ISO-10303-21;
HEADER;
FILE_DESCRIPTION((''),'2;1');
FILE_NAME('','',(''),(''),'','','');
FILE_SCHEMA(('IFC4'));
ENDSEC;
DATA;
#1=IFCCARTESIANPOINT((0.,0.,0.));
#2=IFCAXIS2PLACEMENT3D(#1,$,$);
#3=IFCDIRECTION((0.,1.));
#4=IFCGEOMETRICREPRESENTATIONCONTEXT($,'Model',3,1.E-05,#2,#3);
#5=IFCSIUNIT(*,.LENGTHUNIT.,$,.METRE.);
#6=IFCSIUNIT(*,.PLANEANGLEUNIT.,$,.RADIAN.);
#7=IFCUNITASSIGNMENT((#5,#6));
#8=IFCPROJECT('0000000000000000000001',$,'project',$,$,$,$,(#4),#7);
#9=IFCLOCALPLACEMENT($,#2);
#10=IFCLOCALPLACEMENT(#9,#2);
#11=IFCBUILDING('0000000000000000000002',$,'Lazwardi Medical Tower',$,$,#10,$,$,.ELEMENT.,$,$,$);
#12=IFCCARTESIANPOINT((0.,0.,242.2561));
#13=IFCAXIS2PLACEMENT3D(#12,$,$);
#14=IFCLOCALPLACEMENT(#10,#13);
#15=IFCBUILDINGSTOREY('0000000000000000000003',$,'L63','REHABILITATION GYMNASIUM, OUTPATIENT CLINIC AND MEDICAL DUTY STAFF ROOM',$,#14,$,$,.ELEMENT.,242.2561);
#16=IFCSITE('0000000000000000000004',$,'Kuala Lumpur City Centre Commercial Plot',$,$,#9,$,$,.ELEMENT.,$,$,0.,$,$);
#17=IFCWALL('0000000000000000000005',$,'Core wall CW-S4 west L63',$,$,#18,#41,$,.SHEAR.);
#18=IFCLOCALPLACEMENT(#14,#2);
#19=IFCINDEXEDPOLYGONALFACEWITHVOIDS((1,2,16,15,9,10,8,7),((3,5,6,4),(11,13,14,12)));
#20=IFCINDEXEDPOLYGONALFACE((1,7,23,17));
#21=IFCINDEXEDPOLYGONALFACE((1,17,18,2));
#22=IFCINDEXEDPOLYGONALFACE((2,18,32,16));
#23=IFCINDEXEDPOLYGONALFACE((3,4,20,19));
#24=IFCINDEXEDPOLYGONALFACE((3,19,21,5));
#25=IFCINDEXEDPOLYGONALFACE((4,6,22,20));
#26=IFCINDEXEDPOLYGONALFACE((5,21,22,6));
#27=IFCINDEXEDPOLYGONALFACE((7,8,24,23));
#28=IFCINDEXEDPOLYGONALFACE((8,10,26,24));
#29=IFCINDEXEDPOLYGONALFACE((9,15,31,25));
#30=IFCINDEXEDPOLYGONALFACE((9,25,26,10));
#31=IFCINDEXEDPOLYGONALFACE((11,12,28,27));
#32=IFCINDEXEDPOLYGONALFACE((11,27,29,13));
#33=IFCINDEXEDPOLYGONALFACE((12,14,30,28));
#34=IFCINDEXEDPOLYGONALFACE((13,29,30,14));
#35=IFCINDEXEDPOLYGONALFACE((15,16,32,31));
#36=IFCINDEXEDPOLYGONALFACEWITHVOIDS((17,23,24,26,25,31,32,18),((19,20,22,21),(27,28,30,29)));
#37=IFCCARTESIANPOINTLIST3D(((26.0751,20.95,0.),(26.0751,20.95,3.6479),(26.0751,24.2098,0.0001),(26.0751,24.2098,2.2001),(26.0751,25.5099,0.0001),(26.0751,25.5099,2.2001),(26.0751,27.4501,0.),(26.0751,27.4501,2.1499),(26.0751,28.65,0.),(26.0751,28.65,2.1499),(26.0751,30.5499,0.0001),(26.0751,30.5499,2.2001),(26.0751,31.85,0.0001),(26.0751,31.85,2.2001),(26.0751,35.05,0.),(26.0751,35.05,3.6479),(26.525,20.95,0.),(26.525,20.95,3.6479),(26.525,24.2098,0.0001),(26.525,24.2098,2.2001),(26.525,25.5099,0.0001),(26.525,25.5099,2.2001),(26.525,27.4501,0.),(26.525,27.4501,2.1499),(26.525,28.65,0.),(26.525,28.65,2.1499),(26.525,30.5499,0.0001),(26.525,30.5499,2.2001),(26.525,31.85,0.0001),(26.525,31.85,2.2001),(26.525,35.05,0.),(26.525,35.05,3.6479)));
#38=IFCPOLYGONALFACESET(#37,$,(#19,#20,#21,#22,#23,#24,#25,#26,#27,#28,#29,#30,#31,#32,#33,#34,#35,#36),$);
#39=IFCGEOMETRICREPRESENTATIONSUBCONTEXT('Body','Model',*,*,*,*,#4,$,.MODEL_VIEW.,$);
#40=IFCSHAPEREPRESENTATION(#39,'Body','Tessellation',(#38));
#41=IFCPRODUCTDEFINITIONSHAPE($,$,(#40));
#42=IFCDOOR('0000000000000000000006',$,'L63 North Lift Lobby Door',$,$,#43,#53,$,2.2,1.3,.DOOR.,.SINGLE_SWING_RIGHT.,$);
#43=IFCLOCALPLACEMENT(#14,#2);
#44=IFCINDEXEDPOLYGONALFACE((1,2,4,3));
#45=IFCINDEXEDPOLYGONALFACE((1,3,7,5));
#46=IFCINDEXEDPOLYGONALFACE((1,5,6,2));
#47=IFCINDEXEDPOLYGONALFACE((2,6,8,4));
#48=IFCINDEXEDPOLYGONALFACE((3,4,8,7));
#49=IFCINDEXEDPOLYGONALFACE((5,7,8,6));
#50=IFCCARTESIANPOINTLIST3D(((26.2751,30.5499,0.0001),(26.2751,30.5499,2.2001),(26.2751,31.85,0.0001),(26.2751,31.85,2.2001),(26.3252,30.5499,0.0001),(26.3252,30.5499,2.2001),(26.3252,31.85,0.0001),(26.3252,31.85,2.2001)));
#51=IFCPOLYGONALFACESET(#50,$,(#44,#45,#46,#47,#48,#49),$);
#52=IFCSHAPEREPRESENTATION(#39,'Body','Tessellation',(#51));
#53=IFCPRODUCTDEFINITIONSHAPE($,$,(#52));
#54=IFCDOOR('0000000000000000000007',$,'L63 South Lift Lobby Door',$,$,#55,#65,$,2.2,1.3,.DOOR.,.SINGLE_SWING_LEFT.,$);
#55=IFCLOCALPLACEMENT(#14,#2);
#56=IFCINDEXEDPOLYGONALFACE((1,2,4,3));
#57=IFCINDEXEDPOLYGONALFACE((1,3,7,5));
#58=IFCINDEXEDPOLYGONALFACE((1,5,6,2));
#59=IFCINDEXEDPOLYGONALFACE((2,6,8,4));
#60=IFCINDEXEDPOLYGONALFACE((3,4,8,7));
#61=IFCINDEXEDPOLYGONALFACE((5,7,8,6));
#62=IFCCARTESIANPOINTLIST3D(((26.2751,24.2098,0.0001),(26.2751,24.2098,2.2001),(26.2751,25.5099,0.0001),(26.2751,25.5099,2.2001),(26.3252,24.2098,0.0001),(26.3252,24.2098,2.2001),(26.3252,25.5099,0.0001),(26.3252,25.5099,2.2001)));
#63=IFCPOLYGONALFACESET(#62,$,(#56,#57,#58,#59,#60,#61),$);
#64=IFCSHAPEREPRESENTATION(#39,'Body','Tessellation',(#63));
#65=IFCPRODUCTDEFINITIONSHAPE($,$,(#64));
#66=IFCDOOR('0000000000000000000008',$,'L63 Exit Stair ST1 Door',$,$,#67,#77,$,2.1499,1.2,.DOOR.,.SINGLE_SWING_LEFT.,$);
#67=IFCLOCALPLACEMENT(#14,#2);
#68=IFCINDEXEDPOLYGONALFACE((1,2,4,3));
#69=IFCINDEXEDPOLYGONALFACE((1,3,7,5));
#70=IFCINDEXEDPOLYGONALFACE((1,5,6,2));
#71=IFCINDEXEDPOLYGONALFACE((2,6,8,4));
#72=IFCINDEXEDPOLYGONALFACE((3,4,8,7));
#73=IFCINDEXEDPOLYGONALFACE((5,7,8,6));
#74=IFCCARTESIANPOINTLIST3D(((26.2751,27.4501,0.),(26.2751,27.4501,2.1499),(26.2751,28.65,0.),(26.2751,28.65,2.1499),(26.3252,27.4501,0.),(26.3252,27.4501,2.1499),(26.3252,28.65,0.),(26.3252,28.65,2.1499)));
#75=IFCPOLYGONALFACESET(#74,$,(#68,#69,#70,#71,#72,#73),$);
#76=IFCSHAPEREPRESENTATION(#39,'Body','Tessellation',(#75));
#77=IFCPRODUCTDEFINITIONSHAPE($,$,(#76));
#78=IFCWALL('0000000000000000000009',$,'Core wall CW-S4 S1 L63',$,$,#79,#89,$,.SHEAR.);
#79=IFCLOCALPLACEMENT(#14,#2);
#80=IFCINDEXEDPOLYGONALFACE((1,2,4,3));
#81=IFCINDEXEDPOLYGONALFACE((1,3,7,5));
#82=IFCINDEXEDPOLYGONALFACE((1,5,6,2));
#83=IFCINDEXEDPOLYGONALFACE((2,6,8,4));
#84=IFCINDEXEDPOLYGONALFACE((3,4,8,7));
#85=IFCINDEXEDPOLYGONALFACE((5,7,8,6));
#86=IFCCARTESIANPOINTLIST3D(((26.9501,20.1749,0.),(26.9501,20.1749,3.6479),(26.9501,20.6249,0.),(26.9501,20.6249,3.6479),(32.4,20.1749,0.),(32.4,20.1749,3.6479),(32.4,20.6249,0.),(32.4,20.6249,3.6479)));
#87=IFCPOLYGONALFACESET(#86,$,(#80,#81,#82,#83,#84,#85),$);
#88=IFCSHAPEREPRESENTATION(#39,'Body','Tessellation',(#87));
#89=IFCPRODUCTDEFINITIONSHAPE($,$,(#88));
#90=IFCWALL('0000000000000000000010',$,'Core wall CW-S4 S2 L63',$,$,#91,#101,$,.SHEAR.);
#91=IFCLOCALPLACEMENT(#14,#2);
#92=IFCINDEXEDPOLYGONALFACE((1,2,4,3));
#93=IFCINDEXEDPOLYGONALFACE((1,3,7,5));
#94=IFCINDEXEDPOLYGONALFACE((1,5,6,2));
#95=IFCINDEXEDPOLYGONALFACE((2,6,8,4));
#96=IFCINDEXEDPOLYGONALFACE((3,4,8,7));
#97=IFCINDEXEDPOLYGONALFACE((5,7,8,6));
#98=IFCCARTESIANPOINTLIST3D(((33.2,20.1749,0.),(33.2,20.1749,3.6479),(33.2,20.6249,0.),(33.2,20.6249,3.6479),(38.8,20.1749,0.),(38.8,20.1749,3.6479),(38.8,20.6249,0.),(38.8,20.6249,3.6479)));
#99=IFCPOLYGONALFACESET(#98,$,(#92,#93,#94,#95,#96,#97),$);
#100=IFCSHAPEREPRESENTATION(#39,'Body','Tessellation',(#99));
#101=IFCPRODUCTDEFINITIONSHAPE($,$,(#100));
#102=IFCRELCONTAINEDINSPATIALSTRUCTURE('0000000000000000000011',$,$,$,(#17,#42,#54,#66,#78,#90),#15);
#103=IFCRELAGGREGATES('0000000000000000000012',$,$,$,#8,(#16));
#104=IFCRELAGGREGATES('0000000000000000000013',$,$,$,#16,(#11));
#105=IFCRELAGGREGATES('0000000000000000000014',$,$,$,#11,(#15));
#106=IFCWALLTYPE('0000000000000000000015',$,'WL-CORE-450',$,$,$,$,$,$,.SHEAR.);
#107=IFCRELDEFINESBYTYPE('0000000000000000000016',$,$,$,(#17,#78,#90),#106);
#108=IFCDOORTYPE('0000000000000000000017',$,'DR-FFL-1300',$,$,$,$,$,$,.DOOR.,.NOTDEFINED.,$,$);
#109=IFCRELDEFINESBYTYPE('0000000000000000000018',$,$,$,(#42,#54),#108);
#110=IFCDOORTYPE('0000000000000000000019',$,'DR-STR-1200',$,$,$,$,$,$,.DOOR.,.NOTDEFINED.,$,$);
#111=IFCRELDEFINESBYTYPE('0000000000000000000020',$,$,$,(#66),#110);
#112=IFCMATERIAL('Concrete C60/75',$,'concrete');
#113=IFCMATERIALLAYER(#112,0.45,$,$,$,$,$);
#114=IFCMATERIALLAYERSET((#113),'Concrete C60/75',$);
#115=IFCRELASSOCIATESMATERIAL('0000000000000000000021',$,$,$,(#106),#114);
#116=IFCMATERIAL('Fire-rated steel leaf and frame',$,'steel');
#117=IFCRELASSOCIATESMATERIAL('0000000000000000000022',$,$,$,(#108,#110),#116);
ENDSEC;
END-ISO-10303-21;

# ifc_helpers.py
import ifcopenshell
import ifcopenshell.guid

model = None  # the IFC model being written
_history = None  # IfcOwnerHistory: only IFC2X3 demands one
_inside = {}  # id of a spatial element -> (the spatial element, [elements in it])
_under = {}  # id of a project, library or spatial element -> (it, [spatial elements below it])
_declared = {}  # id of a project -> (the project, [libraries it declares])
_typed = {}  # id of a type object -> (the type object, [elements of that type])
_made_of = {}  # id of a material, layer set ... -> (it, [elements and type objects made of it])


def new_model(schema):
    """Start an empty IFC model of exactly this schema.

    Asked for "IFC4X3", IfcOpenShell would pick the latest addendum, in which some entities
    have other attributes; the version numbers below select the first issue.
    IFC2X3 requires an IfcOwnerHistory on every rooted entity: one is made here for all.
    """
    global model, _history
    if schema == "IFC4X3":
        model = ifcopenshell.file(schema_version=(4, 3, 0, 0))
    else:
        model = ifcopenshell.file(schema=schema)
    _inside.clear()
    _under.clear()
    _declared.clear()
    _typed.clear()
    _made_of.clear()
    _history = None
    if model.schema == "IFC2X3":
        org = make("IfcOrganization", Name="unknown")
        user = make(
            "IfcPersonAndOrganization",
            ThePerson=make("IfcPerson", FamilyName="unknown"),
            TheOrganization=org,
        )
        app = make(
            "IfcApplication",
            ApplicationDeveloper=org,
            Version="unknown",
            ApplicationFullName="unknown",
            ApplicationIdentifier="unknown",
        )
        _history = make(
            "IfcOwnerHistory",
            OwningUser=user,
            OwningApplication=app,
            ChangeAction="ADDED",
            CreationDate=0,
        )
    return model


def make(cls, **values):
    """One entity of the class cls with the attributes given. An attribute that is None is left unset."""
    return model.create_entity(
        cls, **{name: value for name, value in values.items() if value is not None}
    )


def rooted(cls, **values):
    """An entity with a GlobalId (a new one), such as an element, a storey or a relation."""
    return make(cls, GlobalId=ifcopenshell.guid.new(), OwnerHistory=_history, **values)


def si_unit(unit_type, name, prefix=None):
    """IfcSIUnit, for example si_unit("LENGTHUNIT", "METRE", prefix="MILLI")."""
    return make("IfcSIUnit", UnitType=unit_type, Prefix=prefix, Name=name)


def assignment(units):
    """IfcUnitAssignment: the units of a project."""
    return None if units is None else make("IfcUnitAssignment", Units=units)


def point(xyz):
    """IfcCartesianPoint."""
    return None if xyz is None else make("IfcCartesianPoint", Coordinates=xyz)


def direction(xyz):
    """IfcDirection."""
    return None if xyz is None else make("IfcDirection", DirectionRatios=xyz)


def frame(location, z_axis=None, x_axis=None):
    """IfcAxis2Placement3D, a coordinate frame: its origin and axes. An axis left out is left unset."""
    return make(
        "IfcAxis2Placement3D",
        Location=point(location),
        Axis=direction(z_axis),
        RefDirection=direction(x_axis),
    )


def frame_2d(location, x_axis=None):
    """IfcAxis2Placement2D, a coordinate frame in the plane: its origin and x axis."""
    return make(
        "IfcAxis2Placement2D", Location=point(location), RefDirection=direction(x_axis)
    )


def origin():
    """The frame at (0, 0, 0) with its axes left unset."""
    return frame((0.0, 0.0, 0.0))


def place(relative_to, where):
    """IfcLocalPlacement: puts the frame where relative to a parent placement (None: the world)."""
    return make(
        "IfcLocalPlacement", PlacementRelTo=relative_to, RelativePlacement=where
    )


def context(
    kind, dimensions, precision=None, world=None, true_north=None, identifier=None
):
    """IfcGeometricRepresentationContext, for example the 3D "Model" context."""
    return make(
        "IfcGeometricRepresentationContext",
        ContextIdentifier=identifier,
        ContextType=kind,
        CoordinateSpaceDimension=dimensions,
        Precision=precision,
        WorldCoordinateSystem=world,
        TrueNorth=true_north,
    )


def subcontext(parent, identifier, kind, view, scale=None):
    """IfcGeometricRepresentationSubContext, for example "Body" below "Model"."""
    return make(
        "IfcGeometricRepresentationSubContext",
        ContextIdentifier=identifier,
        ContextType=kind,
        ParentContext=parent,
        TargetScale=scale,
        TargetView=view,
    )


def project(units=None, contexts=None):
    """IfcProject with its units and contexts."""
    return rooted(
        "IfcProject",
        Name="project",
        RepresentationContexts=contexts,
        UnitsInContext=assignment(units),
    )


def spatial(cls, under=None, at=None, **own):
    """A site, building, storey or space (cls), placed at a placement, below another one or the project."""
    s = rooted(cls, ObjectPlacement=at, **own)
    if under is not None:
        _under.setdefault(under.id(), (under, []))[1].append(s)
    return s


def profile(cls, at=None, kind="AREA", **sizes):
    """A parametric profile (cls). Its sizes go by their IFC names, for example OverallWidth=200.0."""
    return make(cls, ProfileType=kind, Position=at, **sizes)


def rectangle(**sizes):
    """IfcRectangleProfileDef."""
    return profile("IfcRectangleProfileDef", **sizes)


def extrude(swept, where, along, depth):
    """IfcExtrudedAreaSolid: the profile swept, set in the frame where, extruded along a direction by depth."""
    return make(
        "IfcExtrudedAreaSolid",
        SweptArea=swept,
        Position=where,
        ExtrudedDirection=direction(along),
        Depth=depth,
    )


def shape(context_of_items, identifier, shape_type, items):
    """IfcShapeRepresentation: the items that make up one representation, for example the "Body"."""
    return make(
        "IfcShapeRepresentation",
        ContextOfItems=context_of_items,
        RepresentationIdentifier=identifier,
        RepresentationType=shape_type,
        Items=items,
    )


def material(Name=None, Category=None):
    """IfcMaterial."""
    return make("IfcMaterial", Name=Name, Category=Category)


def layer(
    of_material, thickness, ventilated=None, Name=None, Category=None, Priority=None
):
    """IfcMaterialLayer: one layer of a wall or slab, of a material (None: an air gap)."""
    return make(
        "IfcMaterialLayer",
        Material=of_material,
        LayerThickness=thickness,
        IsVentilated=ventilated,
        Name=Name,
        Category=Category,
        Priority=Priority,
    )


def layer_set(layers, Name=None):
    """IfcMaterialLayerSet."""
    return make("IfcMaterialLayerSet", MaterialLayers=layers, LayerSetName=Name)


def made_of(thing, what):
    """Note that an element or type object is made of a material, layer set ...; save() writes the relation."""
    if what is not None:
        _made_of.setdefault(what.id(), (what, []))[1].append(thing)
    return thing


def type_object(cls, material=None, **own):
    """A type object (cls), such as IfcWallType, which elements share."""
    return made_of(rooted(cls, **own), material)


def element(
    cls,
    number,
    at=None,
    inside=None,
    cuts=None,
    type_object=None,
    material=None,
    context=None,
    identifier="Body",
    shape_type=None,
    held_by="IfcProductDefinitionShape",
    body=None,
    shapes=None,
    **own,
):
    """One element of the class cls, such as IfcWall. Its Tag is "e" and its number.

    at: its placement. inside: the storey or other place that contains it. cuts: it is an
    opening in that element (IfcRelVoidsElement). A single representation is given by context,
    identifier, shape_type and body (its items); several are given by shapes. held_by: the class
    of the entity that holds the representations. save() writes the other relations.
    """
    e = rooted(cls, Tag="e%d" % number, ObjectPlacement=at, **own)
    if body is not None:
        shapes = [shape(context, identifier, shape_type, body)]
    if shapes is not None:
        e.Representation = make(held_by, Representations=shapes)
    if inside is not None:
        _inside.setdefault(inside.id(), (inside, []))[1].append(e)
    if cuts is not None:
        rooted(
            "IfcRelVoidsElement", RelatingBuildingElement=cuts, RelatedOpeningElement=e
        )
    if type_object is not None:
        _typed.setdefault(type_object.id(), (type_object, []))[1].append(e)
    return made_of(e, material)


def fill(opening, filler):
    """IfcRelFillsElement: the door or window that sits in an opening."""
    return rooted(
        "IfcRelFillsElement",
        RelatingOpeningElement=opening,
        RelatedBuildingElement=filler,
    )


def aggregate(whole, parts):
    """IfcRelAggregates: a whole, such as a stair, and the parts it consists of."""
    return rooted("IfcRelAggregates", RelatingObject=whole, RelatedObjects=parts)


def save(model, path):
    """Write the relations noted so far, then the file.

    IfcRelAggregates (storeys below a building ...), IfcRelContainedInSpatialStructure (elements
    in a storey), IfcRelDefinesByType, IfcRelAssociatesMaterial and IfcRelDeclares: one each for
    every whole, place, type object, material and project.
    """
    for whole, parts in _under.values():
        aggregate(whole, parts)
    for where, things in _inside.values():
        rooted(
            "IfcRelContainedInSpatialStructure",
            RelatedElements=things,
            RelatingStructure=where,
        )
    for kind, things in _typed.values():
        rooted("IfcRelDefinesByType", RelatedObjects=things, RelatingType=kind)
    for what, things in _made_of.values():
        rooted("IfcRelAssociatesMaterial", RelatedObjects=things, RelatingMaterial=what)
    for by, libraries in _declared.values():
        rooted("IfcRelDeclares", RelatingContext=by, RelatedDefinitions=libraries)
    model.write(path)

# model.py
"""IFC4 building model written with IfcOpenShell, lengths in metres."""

from ifc_helpers import new_model, si_unit, direction, frame, frame_2d, origin, place, context, subcontext, project, spatial, rectangle, extrude, material, layer, layer_set, type_object, element, fill, save


model = new_model("IFC4")

# Units and contexts
model_context = context("Model", 3, precision=1e-05, world=origin(), true_north=direction((0.0, 1.0)))
body_context = subcontext(model_context, "Body", "Model", "MODEL_VIEW")
ifc_project = project(units=[si_unit("LENGTHUNIT", "METRE"), si_unit("PLANEANGLEUNIT", "RADIAN")], contexts=[model_context])

# Site, building, storey
site_placement = place(None, origin())
site = spatial("IfcSite", under=ifc_project, at=site_placement, Name="Kuala Lumpur City Centre Commercial Plot", CompositionType="ELEMENT", RefElevation=0.0)
building_placement = place(site_placement, origin())
building = spatial("IfcBuilding", under=site, at=building_placement, Name="Lazwardi Medical Tower", CompositionType="ELEMENT")
storey_placement = place(building_placement, frame((0.0, 0.0, 242.2561)))
storey = spatial("IfcBuildingStorey", under=building, at=storey_placement, Name="L63", Description="REHABILITATION GYMNASIUM, OUTPATIENT CLINIC AND MEDICAL DUTY STAFF ROOM", CompositionType="ELEMENT", Elevation=242.2561)

# Shared definitions
ifc_material_1 = material(Name="Concrete C60/75", Category="concrete")

# Wall, openings, doors
ifc_layer_1 = layer(ifc_material_1, 0.45)
ifc_layer_set_1 = layer_set([ifc_layer_1], Name="Concrete C60/75")
wall_type_1 = type_object("IfcWallType", Name="WL-CORE-450", PredefinedType="SHEAR", material=ifc_layer_set_1)
wall_1_placement = place(storey_placement, frame((26.3, 20.95, 0.0), z_axis=(0.0, 0.0, 1.0), x_axis=(0.0, 1.0, 0.0)))
wall_1 = element("IfcWall", 1, at=wall_1_placement, inside=storey, type_object=wall_type_1, Name="Core wall CW-S4 west L63", PredefinedType="SHEAR", context=body_context, shape_type="SweptSolid", body=[
    extrude(rectangle(XDim=14.1001, YDim=0.45, at=frame_2d((7.05, 0.0))), origin(), (0.0, 0.0, 1.0), 3.6479),
])
opening_1_placement = place(wall_1_placement, frame((6.5, 0.0, 0.0)))
opening_1 = element("IfcOpeningElement", 2, at=opening_1_placement, cuts=wall_1, PredefinedType="OPENING", context=body_context, shape_type="SweptSolid", body=[
    extrude(rectangle(XDim=1.2, YDim=2.1499, at=frame_2d((0.6001, 1.075))), frame((0.0, 0.2349, 0.0), z_axis=(0.0, -1.0, 0.0), x_axis=(1.0, 0.0, 0.0)), (0.0, 0.0, 1.0), 0.47),
])
opening_2_placement = place(wall_1_placement, frame((9.6001, 0.0, 0.0)))
opening_2 = element("IfcOpeningElement", 3, at=opening_2_placement, cuts=wall_1, PredefinedType="OPENING", context=body_context, shape_type="SweptSolid", body=[
    extrude(rectangle(XDim=1.3, YDim=2.2, at=frame_2d((0.6499, 1.1001))), frame((0.0, 0.2349, 0.0), z_axis=(0.0, -1.0, 0.0), x_axis=(1.0, 0.0, 0.0)), (0.0, 0.0, 1.0), 0.47),
])
opening_3_placement = place(wall_1_placement, frame((3.26, 0.0, 0.0)))
opening_3 = element("IfcOpeningElement", 4, at=opening_3_placement, cuts=wall_1, PredefinedType="OPENING", context=body_context, shape_type="SweptSolid", body=[
    extrude(rectangle(XDim=1.3, YDim=2.2, at=frame_2d((0.6499, 1.1001))), frame((0.0, 0.2349, 0.0), z_axis=(0.0, -1.0, 0.0), x_axis=(1.0, 0.0, 0.0)), (0.0, 0.0, 1.0), 0.47),
])
ifc_material_2 = material(Name="Fire-rated steel leaf and frame", Category="steel")
door_type_1 = type_object("IfcDoorType", Name="DR-FFL-1300", OperationType="NOTDEFINED", PredefinedType="DOOR", material=ifc_material_2)
door_1_placement = place(opening_2_placement, origin())
door_1 = element("IfcDoor", 5, at=door_1_placement, inside=storey, type_object=door_type_1, Name="L63 North Lift Lobby Door", OperationType="SINGLE_SWING_RIGHT", OverallHeight=2.2, OverallWidth=1.3, PredefinedType="DOOR", context=body_context, shape_type="SweptSolid", body=[
    extrude(rectangle(XDim=1.3, YDim=2.2, at=frame_2d((0.6499, 1.1001))), frame((0.0, 0.0249, 0.0), z_axis=(0.0, -1.0, 0.0), x_axis=(1.0, 0.0, 0.0)), (0.0, 0.0, 1.0), 0.05),
])
fill(opening_2, door_1)
door_2_placement = place(opening_3_placement, origin())
door_2 = element("IfcDoor", 6, at=door_2_placement, inside=storey, type_object=door_type_1, Name="L63 South Lift Lobby Door", OperationType="SINGLE_SWING_LEFT", OverallHeight=2.2, OverallWidth=1.3, PredefinedType="DOOR", context=body_context, shape_type="SweptSolid", body=[
    extrude(rectangle(XDim=1.3, YDim=2.2, at=frame_2d((0.6499, 1.1001))), frame((0.0, 0.0249, 0.0), z_axis=(0.0, -1.0, 0.0), x_axis=(1.0, 0.0, 0.0)), (0.0, 0.0, 1.0), 0.05),
])
fill(opening_3, door_2)
door_type_2 = type_object("IfcDoorType", Name="DR-STR-1200", OperationType="NOTDEFINED", PredefinedType="DOOR", material=ifc_material_2)
door_3_placement = place(opening_1_placement, origin())
door_3 = element("IfcDoor", 7, at=door_3_placement, inside=storey, type_object=door_type_2, Name="L63 Exit Stair ST1 Door", OperationType="SINGLE_SWING_LEFT", OverallHeight=2.1499, OverallWidth=1.2, PredefinedType="DOOR", context=body_context, shape_type="SweptSolid", body=[
    extrude(rectangle(XDim=1.2, YDim=2.1499, at=frame_2d((0.6001, 1.075))), frame((0.0, 0.0249, 0.0), z_axis=(0.0, -1.0, 0.0), x_axis=(1.0, 0.0, 0.0)), (0.0, 0.0, 1.0), 0.05),
])
fill(opening_1, door_3)

# Walls
wall_2_placement = place(storey_placement, frame((26.95, 20.3999, 0.0), z_axis=(0.0, 0.0, 1.0), x_axis=(1.0, 0.0, 0.0)))
element("IfcWall", 8, at=wall_2_placement, inside=storey, type_object=wall_type_1, Name="Core wall CW-S4 S1 L63", PredefinedType="SHEAR", context=body_context, shape_type="SweptSolid", body=[
    extrude(rectangle(XDim=5.45, YDim=0.45, at=frame_2d((2.7251, 0.0))), origin(), (0.0, 0.0, 1.0), 3.6479),
])
wall_3_placement = place(storey_placement, frame((33.2, 20.3999, 0.0), z_axis=(0.0, 0.0, 1.0), x_axis=(1.0, 0.0, 0.0)))
element("IfcWall", 9, at=wall_3_placement, inside=storey, type_object=wall_type_1, Name="Core wall CW-S4 S2 L63", PredefinedType="SHEAR", context=body_context, shape_type="SweptSolid", body=[
    extrude(rectangle(XDim=5.6001, YDim=0.45, at=frame_2d((2.8, 0.0))), origin(), (0.0, 0.0, 1.0), 3.6479),
])

save(model, "model.ifc")
